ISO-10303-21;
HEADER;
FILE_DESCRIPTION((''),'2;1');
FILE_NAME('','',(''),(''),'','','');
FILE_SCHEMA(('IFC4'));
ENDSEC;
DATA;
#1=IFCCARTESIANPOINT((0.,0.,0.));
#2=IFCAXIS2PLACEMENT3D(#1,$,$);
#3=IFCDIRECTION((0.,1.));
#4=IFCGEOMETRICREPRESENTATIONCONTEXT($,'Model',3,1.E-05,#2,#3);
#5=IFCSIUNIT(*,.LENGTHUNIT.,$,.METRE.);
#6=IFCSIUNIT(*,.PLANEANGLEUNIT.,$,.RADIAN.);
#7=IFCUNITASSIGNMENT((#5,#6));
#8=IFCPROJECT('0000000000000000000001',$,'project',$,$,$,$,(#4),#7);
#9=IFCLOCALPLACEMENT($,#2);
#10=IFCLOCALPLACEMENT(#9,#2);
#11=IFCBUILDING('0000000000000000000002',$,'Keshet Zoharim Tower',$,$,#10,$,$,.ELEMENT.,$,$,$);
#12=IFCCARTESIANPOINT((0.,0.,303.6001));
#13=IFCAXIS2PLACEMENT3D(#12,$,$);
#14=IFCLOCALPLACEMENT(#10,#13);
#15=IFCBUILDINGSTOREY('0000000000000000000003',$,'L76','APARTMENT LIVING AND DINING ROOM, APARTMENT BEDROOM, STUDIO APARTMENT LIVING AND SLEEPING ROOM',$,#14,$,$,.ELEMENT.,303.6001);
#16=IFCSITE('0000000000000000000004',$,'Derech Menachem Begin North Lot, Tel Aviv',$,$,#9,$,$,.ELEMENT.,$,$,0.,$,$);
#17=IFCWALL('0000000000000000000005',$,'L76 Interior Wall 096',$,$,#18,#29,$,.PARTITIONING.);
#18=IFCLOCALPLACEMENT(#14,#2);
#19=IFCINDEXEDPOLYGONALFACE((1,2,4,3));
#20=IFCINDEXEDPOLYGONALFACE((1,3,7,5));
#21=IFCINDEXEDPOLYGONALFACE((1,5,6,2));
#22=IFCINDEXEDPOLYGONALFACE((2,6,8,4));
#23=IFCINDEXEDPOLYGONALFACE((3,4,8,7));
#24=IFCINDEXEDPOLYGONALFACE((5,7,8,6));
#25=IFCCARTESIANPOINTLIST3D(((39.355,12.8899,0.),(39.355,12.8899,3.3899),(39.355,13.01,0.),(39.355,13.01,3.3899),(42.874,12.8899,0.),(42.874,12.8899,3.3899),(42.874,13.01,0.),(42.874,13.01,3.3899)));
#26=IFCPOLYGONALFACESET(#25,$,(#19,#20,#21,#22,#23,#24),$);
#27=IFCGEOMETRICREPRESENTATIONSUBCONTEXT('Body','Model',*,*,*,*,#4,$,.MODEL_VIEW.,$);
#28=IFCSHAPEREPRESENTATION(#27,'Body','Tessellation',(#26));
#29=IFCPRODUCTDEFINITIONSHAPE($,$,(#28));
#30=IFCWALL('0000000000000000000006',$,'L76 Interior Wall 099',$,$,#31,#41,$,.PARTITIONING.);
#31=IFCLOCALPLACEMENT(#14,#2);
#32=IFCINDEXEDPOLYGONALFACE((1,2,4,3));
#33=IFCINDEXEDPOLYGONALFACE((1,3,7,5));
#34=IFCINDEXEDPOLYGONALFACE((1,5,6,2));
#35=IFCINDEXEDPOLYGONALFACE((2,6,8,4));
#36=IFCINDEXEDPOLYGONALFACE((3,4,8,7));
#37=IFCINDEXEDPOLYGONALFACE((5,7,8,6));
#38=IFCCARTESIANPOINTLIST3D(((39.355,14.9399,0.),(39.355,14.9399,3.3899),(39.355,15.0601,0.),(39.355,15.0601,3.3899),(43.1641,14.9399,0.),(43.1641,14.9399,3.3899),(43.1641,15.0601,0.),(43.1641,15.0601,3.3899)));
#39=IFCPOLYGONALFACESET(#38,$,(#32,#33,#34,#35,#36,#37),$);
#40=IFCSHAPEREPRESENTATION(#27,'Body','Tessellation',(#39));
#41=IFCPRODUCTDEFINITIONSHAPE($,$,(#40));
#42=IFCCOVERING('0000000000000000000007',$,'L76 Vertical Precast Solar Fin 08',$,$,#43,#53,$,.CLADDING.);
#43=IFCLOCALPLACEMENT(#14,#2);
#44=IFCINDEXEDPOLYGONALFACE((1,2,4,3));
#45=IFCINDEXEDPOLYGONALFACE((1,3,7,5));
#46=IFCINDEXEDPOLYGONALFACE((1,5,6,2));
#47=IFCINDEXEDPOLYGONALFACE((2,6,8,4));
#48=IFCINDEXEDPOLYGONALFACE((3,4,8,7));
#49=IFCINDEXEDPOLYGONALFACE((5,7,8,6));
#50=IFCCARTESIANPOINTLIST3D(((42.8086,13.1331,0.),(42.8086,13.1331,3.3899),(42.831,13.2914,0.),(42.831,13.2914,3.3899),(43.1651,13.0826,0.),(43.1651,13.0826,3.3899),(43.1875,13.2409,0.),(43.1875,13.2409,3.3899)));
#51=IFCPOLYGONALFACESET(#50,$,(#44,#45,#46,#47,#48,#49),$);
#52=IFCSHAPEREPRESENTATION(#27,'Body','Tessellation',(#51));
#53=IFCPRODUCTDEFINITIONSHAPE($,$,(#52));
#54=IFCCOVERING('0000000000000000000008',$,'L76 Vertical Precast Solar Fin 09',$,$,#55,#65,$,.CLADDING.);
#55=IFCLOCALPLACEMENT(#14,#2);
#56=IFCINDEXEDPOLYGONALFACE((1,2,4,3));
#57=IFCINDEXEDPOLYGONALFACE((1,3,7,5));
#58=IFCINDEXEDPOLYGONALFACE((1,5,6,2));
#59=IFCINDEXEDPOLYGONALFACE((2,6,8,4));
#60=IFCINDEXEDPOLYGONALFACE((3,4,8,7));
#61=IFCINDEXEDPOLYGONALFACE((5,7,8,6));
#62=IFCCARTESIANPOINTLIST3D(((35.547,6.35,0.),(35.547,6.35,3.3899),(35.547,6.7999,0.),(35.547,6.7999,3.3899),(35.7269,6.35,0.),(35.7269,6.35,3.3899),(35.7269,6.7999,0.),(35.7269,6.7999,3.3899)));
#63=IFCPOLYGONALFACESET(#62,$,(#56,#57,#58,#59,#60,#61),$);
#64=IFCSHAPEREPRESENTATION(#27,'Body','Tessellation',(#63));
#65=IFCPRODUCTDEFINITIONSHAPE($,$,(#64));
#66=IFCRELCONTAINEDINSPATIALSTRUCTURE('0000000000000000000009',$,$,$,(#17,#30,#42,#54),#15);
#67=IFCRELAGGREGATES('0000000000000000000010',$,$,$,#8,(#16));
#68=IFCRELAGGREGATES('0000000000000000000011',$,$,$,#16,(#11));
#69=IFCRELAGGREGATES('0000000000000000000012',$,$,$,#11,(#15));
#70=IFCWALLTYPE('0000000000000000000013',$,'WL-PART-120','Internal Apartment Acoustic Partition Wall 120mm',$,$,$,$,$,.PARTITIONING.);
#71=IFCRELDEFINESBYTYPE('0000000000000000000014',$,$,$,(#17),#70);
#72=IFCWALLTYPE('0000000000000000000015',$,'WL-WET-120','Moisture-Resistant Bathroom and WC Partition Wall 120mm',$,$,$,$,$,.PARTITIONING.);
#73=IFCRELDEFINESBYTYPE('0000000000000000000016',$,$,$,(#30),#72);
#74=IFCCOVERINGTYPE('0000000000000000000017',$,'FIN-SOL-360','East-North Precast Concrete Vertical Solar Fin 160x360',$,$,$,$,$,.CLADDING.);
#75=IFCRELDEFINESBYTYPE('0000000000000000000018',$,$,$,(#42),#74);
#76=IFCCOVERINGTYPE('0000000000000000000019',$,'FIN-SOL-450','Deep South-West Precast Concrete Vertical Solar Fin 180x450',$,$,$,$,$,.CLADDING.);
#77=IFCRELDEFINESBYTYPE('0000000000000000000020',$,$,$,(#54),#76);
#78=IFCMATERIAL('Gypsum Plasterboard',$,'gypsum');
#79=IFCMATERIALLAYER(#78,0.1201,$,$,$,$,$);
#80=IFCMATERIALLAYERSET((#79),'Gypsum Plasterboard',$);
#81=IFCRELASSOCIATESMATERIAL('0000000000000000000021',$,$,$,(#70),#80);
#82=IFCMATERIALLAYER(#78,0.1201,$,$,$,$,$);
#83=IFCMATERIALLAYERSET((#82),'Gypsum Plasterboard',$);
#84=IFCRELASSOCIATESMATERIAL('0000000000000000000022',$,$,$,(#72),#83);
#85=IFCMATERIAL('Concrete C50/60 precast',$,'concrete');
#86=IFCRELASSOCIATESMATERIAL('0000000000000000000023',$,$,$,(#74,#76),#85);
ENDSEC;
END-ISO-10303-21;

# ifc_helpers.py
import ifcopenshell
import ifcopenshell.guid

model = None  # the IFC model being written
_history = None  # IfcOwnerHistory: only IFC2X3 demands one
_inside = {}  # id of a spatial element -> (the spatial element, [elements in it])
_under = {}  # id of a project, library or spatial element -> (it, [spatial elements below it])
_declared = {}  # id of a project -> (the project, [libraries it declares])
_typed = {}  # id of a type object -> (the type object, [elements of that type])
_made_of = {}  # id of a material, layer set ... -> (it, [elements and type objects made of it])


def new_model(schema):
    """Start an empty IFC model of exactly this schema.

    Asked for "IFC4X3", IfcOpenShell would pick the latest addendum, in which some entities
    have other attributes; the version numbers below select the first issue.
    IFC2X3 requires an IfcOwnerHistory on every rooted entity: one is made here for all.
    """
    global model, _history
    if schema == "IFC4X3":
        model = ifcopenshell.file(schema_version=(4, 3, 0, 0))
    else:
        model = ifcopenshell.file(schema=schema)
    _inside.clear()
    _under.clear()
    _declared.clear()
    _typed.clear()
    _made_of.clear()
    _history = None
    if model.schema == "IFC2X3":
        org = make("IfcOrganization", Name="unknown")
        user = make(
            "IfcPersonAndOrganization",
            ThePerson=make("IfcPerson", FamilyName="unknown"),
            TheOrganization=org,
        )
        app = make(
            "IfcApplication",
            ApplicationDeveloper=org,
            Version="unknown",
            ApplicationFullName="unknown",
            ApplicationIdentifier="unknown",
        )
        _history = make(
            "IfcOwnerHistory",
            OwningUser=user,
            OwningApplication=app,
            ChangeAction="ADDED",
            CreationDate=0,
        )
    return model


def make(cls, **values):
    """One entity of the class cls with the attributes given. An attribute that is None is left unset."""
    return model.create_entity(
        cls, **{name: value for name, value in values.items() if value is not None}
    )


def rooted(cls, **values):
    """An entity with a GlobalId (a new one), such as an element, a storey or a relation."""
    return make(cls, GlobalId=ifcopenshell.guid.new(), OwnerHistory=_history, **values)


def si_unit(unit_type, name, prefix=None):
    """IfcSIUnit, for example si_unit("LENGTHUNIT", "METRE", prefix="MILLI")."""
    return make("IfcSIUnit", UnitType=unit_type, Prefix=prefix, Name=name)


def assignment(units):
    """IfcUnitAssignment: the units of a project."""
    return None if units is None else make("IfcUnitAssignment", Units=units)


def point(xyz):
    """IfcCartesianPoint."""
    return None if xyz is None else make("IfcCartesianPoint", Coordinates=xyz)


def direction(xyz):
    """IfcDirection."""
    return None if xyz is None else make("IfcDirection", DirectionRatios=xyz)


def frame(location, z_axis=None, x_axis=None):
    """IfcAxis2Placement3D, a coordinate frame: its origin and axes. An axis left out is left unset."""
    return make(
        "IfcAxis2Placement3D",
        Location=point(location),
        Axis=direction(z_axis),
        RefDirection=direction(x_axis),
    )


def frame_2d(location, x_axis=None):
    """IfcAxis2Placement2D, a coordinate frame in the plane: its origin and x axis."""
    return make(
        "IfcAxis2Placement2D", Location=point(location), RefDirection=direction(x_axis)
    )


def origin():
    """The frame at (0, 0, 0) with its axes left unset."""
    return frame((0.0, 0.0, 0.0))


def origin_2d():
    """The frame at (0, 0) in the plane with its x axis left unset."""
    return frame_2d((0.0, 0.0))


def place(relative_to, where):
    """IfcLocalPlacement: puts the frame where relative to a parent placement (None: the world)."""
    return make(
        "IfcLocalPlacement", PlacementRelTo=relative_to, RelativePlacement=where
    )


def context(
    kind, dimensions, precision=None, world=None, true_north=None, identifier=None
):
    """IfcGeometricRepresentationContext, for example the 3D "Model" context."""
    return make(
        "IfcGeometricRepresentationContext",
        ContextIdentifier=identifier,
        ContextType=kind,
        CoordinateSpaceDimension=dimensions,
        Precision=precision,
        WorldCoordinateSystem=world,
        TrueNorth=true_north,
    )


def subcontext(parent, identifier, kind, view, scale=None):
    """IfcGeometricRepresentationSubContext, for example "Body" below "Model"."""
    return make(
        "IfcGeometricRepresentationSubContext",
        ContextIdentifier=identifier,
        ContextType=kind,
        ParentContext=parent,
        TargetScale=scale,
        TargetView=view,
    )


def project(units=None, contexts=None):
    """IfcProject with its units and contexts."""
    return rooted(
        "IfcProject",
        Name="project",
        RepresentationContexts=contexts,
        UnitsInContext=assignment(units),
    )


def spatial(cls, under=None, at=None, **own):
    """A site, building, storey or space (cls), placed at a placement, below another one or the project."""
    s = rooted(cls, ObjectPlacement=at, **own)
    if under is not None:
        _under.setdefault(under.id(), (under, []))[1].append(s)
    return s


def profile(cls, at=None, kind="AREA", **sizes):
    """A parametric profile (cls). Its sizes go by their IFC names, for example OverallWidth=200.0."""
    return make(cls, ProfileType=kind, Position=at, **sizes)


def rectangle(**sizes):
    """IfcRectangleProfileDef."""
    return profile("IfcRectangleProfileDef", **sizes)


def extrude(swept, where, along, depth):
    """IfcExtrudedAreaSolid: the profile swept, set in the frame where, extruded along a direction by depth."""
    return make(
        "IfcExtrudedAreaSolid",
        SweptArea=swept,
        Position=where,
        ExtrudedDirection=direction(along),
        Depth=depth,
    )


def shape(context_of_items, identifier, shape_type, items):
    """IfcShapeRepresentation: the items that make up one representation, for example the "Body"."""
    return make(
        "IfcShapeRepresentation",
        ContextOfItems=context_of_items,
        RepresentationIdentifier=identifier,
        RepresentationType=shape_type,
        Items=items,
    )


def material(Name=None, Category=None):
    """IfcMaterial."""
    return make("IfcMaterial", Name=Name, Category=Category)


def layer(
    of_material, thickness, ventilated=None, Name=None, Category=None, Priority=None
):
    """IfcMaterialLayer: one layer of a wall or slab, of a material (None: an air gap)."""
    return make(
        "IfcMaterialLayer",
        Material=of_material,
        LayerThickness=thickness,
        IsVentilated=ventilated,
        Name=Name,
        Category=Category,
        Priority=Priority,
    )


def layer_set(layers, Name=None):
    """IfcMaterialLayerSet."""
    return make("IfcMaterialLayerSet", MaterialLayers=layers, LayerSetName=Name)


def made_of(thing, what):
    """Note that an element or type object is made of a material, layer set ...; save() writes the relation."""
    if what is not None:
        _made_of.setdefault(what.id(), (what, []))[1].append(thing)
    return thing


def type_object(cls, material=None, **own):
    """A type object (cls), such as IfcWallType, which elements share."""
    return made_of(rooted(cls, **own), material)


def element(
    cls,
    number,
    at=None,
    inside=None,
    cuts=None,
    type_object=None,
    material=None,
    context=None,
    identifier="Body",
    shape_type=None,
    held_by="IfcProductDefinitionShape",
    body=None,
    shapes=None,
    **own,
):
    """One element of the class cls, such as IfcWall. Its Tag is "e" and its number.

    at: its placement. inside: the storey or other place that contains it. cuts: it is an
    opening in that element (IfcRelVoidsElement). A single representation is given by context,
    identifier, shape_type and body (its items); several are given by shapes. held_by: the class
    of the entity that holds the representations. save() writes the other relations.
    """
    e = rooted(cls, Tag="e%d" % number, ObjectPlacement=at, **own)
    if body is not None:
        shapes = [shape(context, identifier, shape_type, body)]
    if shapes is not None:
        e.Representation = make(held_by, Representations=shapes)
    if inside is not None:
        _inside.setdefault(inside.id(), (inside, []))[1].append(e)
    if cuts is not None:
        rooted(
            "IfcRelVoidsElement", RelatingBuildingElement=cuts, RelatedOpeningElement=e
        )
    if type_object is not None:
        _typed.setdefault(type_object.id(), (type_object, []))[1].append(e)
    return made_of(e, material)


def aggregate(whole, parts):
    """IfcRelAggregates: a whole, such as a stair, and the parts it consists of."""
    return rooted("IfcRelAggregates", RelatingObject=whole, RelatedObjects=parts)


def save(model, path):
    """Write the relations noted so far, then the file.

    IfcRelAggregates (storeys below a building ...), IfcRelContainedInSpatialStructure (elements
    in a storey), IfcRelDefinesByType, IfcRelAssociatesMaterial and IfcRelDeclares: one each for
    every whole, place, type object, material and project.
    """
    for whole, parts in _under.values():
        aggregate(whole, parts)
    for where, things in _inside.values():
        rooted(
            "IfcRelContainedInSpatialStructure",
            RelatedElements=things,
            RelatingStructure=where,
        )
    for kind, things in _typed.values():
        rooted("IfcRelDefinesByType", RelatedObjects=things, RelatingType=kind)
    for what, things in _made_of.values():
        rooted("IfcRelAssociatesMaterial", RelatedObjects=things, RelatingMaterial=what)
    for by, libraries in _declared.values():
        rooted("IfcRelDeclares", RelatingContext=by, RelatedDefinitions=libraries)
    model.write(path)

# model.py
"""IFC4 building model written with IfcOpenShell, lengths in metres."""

from ifc_helpers import new_model, si_unit, direction, frame, frame_2d, origin, origin_2d, place, context, subcontext, project, spatial, rectangle, extrude, material, layer, layer_set, type_object, element, save


model = new_model("IFC4")

# Units and contexts
model_context = context("Model", 3, precision=1e-05, world=origin(), true_north=direction((0.0, 1.0)))
body_context = subcontext(model_context, "Body", "Model", "MODEL_VIEW")
ifc_project = project(units=[si_unit("LENGTHUNIT", "METRE"), si_unit("PLANEANGLEUNIT", "RADIAN")], contexts=[model_context])

# Site, building, storey
site_placement = place(None, origin())
site = spatial("IfcSite", under=ifc_project, at=site_placement, Name="Derech Menachem Begin North Lot, Tel Aviv", CompositionType="ELEMENT", RefElevation=0.0)
building_placement = place(site_placement, origin())
building = spatial("IfcBuilding", under=site, at=building_placement, Name="Keshet Zoharim Tower", CompositionType="ELEMENT")
storey_placement = place(building_placement, frame((0.0, 0.0, 303.6001)))
storey = spatial("IfcBuildingStorey", under=building, at=storey_placement, Name="L76", Description="APARTMENT LIVING AND DINING ROOM, APARTMENT BEDROOM, STUDIO APARTMENT LIVING AND SLEEPING ROOM", CompositionType="ELEMENT", Elevation=303.6001)

# Shared definitions
ifc_material_1 = material(Name="Gypsum Plasterboard", Category="gypsum")
ifc_layer_1 = layer(ifc_material_1, 0.1201)
ifc_layer_set_1 = layer_set([ifc_layer_1], Name="Gypsum Plasterboard")
wall_type_1 = type_object("IfcWallType", Name="WL-PART-120", Description="Internal Apartment Acoustic Partition Wall 120mm", PredefinedType="PARTITIONING", material=ifc_layer_set_1)

# Walls
wall_1_placement = place(storey_placement, frame((39.355, 12.95, 0.0), z_axis=(0.0, 0.0, 1.0), x_axis=(1.0, 0.0, 0.0)))
element("IfcWall", 1, at=wall_1_placement, inside=storey, type_object=wall_type_1, Name="L76 Interior Wall 096", PredefinedType="PARTITIONING", context=body_context, shape_type="SweptSolid", body=[
    extrude(rectangle(XDim=3.519, YDim=0.1201, at=frame_2d((1.7595, 0.0))), origin(), (0.0, 0.0, 1.0), 3.3899),
])
ifc_layer_2 = layer(ifc_material_1, 0.1201)
ifc_layer_set_2 = layer_set([ifc_layer_2], Name="Gypsum Plasterboard")
wall_type_2 = type_object("IfcWallType", Name="WL-WET-120", Description="Moisture-Resistant Bathroom and WC Partition Wall 120mm", PredefinedType="PARTITIONING", material=ifc_layer_set_2)
wall_2_placement = place(storey_placement, frame((39.355, 15.0, 0.0), z_axis=(0.0, 0.0, 1.0), x_axis=(1.0, 0.0, 0.0)))
element("IfcWall", 2, at=wall_2_placement, inside=storey, type_object=wall_type_2, Name="L76 Interior Wall 099", PredefinedType="PARTITIONING", context=body_context, shape_type="SweptSolid", body=[
    extrude(rectangle(XDim=3.8091, YDim=0.1201, at=frame_2d((1.9045, 0.0))), origin(), (0.0, 0.0, 1.0), 3.3899),
])

# Coverings
ifc_material_2 = material(Name="Concrete C50/60 precast", Category="concrete")
covering_type_1 = type_object("IfcCoveringType", Name="FIN-SOL-360", Description="East-North Precast Concrete Vertical Solar Fin 160x360", PredefinedType="CLADDING", material=ifc_material_2)
covering_1_placement = place(storey_placement, frame((42.998, 13.187, 0.0), z_axis=(0.0, 0.0, 1.0), x_axis=(-0.140137, -0.990132, 0.0)))
element("IfcCovering", 3, at=covering_1_placement, inside=storey, type_object=covering_type_1, Name="L76 Vertical Precast Solar Fin 08", PredefinedType="CLADDING", context=body_context, shape_type="SweptSolid", body=[
    extrude(rectangle(XDim=0.1599, YDim=0.3601, at=origin_2d()), origin(), (0.0, 0.0, 1.0), 3.3899),
])
covering_type_2 = type_object("IfcCoveringType", Name="FIN-SOL-450", Description="Deep South-West Precast Concrete Vertical Solar Fin 180x450", PredefinedType="CLADDING", material=ifc_material_2)
covering_2_placement = place(storey_placement, frame((35.637, 6.575, 0.0), z_axis=(0.0, 0.0, 1.0), x_axis=(-1.0, 0.0, 0.0)))
element("IfcCovering", 4, at=covering_2_placement, inside=storey, type_object=covering_type_2, Name="L76 Vertical Precast Solar Fin 09", PredefinedType="CLADDING", context=body_context, shape_type="SweptSolid", body=[
    extrude(rectangle(XDim=0.1799, YDim=0.45, at=origin_2d()), origin(), (0.0, 0.0, 1.0), 3.3899),
])

save(model, "model.ifc")
